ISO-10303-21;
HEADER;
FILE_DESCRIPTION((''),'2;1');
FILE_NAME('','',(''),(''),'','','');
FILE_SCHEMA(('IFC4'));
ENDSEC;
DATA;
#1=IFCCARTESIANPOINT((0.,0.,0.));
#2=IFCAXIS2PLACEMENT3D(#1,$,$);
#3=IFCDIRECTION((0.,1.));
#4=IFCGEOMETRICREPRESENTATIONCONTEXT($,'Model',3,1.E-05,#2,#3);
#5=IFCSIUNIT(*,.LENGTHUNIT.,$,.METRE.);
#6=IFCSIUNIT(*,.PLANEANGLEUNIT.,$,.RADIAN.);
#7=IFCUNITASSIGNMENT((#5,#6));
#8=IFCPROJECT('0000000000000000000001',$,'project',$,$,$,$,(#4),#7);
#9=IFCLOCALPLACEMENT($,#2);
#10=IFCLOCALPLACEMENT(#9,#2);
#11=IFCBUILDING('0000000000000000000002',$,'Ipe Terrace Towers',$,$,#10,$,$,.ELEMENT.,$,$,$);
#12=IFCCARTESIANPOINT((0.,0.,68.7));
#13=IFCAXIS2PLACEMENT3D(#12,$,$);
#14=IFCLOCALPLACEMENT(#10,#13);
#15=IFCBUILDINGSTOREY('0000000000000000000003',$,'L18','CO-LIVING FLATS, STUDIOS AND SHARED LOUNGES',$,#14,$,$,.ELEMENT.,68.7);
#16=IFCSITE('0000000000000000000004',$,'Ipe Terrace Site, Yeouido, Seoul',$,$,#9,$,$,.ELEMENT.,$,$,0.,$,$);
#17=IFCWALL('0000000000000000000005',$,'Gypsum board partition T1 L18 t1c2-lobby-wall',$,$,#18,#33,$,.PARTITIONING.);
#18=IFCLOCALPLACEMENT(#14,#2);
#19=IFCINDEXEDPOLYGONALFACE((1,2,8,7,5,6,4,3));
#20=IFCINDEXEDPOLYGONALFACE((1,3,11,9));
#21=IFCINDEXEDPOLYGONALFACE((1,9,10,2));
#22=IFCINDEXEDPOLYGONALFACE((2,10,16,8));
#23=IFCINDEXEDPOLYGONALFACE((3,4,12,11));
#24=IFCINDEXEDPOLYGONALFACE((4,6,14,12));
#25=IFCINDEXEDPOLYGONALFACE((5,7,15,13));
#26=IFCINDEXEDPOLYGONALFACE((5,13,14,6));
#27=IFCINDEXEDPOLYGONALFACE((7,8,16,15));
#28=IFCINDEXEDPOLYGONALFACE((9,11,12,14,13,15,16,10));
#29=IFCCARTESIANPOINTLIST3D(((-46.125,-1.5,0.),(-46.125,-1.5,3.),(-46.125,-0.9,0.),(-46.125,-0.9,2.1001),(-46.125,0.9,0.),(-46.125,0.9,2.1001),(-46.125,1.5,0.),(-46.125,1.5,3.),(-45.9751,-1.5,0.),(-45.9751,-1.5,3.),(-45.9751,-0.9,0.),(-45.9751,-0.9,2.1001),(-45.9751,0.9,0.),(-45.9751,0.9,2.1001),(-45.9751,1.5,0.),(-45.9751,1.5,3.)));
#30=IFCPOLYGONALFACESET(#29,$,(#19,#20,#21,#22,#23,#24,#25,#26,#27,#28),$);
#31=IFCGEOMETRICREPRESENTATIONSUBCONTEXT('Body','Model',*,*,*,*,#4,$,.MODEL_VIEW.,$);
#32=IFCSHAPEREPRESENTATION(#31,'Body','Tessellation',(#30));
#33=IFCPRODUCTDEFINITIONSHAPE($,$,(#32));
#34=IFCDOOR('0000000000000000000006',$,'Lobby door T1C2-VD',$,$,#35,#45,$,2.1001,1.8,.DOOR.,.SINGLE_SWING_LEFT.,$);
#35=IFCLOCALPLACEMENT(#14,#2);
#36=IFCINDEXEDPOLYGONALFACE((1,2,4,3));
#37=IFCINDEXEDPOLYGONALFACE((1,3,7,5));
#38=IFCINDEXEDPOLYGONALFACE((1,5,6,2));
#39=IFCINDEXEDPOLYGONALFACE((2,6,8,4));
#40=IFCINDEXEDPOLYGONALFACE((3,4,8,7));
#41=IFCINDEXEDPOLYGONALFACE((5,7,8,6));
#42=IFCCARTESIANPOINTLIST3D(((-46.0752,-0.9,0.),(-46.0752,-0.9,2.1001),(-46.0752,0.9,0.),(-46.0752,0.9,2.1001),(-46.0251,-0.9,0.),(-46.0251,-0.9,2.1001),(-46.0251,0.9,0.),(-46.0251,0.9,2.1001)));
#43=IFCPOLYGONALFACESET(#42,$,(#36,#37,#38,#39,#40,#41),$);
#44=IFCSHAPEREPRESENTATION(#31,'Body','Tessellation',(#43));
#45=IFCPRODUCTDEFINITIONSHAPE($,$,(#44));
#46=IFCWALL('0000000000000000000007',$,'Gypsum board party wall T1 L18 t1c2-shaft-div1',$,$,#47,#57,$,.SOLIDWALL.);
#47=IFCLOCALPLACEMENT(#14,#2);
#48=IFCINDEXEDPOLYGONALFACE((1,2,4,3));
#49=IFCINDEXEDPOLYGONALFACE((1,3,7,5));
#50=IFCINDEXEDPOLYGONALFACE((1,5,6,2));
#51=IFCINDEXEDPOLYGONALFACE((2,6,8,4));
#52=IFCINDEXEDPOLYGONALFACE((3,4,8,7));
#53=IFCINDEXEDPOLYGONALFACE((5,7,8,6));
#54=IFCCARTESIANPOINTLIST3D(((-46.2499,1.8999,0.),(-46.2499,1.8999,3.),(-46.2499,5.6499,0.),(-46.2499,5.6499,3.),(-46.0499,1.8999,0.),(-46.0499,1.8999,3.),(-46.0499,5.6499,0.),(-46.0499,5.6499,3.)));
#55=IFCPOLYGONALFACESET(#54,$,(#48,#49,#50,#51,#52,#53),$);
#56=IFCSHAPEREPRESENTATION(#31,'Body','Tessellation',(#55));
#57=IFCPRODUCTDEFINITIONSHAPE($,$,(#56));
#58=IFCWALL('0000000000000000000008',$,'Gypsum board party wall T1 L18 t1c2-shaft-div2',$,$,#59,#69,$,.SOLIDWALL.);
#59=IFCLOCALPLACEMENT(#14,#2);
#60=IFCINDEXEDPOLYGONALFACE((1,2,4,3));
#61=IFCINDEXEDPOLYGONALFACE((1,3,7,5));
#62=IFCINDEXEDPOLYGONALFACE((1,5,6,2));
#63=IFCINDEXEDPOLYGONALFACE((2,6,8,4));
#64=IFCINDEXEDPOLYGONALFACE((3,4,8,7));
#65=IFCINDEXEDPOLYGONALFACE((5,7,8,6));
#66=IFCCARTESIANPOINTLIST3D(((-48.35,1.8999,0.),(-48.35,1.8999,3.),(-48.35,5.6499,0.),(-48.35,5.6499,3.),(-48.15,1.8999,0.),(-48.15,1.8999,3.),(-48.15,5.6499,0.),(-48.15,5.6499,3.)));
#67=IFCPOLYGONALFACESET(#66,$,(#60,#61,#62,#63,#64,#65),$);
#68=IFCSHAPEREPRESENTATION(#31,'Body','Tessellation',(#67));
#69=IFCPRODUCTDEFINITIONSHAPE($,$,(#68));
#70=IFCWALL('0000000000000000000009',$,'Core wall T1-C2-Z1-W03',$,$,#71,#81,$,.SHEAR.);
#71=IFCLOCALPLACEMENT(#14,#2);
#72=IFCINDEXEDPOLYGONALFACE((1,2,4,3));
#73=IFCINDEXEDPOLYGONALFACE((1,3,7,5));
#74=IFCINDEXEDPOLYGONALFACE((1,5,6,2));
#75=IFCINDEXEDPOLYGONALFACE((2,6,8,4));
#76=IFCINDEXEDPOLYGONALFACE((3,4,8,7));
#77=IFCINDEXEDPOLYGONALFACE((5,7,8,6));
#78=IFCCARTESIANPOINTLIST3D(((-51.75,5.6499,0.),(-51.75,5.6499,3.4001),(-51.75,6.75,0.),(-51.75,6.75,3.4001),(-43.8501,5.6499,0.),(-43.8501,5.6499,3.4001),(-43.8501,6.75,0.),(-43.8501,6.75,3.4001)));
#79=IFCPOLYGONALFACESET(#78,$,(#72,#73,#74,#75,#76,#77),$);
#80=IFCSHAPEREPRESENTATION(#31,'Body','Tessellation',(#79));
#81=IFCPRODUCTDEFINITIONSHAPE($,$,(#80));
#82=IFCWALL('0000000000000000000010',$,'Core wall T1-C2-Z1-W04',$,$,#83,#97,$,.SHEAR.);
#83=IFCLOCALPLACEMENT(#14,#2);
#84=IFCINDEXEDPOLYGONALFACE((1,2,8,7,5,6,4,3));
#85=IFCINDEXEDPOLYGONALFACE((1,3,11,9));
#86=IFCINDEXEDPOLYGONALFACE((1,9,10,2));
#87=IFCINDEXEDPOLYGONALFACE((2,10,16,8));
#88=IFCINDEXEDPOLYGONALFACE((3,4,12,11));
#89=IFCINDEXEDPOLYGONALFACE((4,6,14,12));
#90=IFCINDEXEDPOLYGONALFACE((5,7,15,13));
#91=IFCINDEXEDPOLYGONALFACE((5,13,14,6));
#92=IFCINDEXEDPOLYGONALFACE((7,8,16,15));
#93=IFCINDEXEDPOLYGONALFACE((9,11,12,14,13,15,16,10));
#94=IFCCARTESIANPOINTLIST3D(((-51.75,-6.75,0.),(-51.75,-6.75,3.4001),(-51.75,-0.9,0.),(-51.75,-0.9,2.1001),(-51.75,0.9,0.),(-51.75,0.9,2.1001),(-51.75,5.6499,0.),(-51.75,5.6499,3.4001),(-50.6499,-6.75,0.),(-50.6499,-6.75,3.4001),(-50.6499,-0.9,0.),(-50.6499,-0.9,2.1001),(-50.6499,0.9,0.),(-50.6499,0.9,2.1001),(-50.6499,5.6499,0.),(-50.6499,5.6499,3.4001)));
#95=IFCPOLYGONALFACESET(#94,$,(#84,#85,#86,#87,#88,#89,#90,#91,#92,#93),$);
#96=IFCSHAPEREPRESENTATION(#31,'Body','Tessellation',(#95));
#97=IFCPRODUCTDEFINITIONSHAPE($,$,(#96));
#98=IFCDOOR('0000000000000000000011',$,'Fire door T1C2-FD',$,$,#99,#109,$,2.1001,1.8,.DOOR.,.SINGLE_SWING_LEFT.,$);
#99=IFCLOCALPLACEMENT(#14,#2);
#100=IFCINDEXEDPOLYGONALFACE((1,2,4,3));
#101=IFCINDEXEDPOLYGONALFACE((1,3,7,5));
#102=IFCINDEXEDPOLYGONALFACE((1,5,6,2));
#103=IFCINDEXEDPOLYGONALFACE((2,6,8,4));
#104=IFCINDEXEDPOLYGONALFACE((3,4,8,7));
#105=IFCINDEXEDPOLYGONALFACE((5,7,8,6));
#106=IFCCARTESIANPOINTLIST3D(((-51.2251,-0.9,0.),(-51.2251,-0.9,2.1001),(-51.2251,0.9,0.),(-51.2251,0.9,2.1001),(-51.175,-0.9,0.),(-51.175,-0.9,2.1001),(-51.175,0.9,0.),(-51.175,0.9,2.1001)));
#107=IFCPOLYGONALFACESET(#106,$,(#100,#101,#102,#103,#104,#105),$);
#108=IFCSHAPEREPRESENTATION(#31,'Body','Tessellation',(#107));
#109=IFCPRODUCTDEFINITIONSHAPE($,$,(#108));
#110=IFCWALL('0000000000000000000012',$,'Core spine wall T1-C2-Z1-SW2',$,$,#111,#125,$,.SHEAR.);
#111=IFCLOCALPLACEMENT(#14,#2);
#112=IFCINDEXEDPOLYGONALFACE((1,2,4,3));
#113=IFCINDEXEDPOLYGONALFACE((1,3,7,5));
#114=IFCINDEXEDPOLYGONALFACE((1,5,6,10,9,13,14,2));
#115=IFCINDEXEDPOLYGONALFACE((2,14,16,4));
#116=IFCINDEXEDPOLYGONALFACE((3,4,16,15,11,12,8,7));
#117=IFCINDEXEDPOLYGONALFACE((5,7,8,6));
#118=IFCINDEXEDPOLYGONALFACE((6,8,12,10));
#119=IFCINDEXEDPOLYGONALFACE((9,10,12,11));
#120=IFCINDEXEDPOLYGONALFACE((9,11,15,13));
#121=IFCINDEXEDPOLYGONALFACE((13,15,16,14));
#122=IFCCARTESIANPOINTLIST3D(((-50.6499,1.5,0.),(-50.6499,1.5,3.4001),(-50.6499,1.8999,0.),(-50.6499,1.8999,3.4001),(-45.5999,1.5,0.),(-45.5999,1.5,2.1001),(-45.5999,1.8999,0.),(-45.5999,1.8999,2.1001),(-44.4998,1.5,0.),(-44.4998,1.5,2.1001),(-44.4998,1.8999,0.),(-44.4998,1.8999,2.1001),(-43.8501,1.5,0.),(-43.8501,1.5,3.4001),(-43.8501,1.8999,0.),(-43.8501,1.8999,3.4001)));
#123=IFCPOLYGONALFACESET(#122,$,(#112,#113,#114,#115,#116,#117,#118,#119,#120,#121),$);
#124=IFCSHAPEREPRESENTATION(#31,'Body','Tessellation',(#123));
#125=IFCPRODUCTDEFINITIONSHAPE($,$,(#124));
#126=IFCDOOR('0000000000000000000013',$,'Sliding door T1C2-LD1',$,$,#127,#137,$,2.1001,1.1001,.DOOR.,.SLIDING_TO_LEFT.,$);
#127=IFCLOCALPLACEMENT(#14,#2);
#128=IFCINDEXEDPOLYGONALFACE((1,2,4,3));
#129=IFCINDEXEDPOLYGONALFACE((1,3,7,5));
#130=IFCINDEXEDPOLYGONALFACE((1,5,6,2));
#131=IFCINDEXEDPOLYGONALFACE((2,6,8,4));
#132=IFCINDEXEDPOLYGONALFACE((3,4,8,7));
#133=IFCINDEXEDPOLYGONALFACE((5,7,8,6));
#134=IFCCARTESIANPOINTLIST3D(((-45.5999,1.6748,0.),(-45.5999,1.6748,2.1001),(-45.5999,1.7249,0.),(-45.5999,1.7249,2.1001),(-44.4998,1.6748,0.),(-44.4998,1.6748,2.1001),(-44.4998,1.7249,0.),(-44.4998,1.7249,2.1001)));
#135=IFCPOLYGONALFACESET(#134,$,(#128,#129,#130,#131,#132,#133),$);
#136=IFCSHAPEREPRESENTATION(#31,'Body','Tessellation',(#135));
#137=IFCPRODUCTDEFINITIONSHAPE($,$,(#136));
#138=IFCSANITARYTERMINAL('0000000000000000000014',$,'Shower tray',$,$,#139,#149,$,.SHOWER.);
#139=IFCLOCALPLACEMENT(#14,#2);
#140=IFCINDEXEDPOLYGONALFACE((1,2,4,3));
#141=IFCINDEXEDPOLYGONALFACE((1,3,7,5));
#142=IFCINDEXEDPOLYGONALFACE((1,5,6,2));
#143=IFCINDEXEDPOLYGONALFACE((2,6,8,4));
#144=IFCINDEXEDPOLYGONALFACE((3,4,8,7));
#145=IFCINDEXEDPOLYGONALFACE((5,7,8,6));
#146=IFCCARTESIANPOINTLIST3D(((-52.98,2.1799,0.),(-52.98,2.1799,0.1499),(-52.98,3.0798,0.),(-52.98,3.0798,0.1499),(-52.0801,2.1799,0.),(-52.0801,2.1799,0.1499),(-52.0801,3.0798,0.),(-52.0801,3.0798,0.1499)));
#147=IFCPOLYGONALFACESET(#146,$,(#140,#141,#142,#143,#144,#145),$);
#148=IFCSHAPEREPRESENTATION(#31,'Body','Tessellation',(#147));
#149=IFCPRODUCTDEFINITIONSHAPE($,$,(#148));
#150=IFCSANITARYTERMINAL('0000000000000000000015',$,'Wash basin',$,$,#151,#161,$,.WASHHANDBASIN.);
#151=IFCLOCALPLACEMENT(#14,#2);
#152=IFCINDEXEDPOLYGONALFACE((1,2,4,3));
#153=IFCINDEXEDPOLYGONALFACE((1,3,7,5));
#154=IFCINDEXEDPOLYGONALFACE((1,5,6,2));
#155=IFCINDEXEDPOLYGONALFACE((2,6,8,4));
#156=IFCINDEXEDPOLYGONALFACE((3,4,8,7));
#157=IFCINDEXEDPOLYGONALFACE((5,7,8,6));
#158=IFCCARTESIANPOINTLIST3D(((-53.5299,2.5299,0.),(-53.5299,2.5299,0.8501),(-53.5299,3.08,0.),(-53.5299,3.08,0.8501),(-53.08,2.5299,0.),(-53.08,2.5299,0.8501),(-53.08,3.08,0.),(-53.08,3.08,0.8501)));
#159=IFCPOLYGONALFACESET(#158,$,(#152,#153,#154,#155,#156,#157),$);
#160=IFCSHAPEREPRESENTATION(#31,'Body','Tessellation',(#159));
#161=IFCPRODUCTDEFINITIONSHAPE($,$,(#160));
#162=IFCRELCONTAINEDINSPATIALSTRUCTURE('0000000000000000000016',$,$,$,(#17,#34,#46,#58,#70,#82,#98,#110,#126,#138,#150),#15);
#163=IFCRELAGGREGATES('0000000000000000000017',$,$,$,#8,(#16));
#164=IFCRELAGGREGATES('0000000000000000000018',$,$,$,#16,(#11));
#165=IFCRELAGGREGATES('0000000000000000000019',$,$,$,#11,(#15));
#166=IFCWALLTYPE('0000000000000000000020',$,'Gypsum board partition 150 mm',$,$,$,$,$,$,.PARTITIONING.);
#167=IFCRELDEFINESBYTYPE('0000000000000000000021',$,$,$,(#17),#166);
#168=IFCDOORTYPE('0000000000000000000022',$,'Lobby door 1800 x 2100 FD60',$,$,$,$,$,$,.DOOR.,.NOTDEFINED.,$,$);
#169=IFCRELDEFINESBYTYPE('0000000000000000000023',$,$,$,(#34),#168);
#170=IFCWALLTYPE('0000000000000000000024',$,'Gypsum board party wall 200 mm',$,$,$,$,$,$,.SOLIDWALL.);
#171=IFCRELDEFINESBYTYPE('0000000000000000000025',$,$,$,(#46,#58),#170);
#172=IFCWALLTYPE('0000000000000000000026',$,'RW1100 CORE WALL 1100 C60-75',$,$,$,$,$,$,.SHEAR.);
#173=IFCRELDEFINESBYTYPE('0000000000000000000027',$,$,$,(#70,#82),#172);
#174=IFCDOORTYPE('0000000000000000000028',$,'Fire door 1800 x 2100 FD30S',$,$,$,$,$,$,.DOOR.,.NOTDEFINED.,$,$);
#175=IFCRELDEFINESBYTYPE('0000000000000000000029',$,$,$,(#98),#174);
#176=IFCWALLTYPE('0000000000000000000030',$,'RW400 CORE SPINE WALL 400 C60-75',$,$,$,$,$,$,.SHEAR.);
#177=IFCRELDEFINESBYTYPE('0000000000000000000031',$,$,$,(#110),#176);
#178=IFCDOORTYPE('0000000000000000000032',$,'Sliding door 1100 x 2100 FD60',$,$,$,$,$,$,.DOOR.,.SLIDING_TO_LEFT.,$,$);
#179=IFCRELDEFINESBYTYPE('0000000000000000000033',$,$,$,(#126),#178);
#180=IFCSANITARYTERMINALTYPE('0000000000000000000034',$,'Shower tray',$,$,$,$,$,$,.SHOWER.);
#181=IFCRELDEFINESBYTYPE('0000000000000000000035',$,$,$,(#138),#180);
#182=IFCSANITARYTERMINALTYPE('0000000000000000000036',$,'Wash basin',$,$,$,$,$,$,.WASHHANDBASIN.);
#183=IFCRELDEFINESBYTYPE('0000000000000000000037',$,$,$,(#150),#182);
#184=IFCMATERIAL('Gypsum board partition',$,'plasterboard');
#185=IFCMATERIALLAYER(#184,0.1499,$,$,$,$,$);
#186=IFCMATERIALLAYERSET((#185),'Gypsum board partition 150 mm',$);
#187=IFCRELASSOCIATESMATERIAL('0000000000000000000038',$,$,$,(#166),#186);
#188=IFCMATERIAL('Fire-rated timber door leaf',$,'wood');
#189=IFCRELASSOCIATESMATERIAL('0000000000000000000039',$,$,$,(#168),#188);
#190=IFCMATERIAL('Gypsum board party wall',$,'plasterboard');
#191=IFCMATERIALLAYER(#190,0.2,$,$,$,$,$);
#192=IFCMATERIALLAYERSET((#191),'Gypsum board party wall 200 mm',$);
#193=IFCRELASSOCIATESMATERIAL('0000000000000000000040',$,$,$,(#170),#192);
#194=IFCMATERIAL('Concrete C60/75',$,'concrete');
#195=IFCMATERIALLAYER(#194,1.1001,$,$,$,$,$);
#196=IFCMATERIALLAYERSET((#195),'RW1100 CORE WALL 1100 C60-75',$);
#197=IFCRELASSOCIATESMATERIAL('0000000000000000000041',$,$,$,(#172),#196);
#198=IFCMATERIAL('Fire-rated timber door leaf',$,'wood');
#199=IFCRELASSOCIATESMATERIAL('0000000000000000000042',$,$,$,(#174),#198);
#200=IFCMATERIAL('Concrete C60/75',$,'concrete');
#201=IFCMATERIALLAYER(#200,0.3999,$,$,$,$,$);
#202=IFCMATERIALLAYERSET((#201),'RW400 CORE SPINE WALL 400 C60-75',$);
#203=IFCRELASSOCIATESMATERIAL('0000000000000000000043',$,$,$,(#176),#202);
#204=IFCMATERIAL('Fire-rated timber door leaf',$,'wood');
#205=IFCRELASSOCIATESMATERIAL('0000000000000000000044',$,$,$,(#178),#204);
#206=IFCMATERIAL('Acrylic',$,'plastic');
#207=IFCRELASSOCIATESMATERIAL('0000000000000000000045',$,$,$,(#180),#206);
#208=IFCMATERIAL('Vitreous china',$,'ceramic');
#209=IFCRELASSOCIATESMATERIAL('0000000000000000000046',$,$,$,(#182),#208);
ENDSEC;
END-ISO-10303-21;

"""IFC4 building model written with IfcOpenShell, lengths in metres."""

from ifc_helpers import new_model, si_unit, direction, frame, frame_2d, origin, origin_2d, place, context, subcontext, project, spatial, rectangle, extrude, material, layer, layer_set, type_object, element, fill, save


model = new_model("IFC4")

# Units and contexts
model_context = context("Model", 3, precision=1e-05, world=origin(), true_north=direction((0.0, 1.0)))
body_context = subcontext(model_context, "Body", "Model", "MODEL_VIEW")
ifc_project = project(units=[si_unit("LENGTHUNIT", "METRE"), si_unit("PLANEANGLEUNIT", "RADIAN")], contexts=[model_context])

# Site, building, storey
site_placement = place(None, origin())
site = spatial("IfcSite", under=ifc_project, at=site_placement, Name="Ipe Terrace Site, Yeouido, Seoul", CompositionType="ELEMENT", RefElevation=0.0)
building_placement = place(site_placement, origin())
building = spatial("IfcBuilding", under=site, at=building_placement, Name="Ipe Terrace Towers", CompositionType="ELEMENT")
storey_placement = place(building_placement, frame((0.0, 0.0, 68.7)))
storey = spatial("IfcBuildingStorey", under=building, at=storey_placement, Name="L18", Description="CO-LIVING FLATS, STUDIOS AND SHARED LOUNGES", CompositionType="ELEMENT", Elevation=68.7)

# Wall, opening, door
ifc_material_1 = material(Name="Gypsum board partition", Category="plasterboard")
ifc_layer_1 = layer(ifc_material_1, 0.1499)
ifc_layer_set_1 = layer_set([ifc_layer_1], Name="Gypsum board partition 150 mm")
wall_type_1 = type_object("IfcWallType", Name="Gypsum board partition 150 mm", PredefinedType="PARTITIONING", material=ifc_layer_set_1)
wall_1_placement = place(storey_placement, frame((-46.05, 1.5, 0.0), z_axis=(0.0, 0.0, 1.0), x_axis=(0.0, -1.0, 0.0)))
wall_1 = element("IfcWall", 1, at=wall_1_placement, inside=storey, type_object=wall_type_1, Name="Gypsum board partition T1 L18 t1c2-lobby-wall", PredefinedType="PARTITIONING", context=body_context, shape_type="SweptSolid", body=[
    extrude(rectangle(XDim=3.0, YDim=0.1499, at=frame_2d((1.5, 0.0))), origin(), (0.0, 0.0, 1.0), 3.0),
])
opening_1_placement = place(wall_1_placement, frame((0.6001, 0.0, 0.0)))
opening_1 = element("IfcOpeningElement", 2, at=opening_1_placement, cuts=wall_1, PredefinedType="OPENING", context=body_context, shape_type="SweptSolid", body=[
    extrude(rectangle(XDim=1.8, YDim=2.1001, at=frame_2d((0.8999, 1.05))), frame((0.0, 0.085, 0.0), z_axis=(0.0, -1.0, 0.0), x_axis=(1.0, 0.0, 0.0)), (0.0, 0.0, 1.0), 0.1699),
])
ifc_material_2 = material(Name="Fire-rated timber door leaf", Category="wood")
door_type_1 = type_object("IfcDoorType", Name="Lobby door 1800 x 2100 FD60", OperationType="NOTDEFINED", PredefinedType="DOOR", material=ifc_material_2)
door_1_placement = place(opening_1_placement, origin())
door_1 = element("IfcDoor", 3, at=door_1_placement, inside=storey, type_object=door_type_1, Name="Lobby door T1C2-VD", OperationType="SINGLE_SWING_LEFT", OverallHeight=2.1001, OverallWidth=1.8, PredefinedType="DOOR", context=body_context, shape_type="SweptSolid", body=[
    extrude(rectangle(XDim=1.8, YDim=2.1001, at=frame_2d((0.8999, 1.05))), frame((0.0, 0.0249, 0.0), z_axis=(0.0, -1.0, 0.0), x_axis=(1.0, 0.0, 0.0)), (0.0, 0.0, 1.0), 0.05),
])
fill(opening_1, door_1)

# Walls
ifc_material_3 = material(Name="Gypsum board party wall", Category="plasterboard")
ifc_layer_2 = layer(ifc_material_3, 0.2)
ifc_layer_set_2 = layer_set([ifc_layer_2], Name="Gypsum board party wall 200 mm")
wall_type_2 = type_object("IfcWallType", Name="Gypsum board party wall 200 mm", PredefinedType="SOLIDWALL", material=ifc_layer_set_2)
for number, where, z_axis, x_axis, name in (
    (4, (-46.1499, 5.6499, 0.0), (0.0, 0.0, 1.0), (0.0, -1.0, 0.0), "Gypsum board party wall T1 L18 t1c2-shaft-div1"),
    (5, (-48.25, 5.6499, 0.0), (0.0, 0.0, 1.0), (0.0, -1.0, 0.0), "Gypsum board party wall T1 L18 t1c2-shaft-div2"),
):
    element("IfcWall", number, at=place(storey_placement, frame(where, z_axis=z_axis, x_axis=x_axis)), inside=storey, type_object=wall_type_2, Name=name, PredefinedType="SOLIDWALL", context=body_context, shape_type="SweptSolid", body=[
        extrude(rectangle(XDim=3.75, YDim=0.2, at=frame_2d((1.875, 0.0))), origin(), (0.0, 0.0, 1.0), 3.0),
    ])
ifc_material_4 = material(Name="Concrete C60/75", Category="concrete")
ifc_layer_3 = layer(ifc_material_4, 1.1001)
ifc_layer_set_3 = layer_set([ifc_layer_3], Name="RW1100 CORE WALL 1100 C60-75")
wall_type_3 = type_object("IfcWallType", Name="RW1100 CORE WALL 1100 C60-75", PredefinedType="SHEAR", material=ifc_layer_set_3)
wall_2_placement = place(storey_placement, frame((-43.8501, 6.2, 0.0), z_axis=(0.0, 0.0, 1.0), x_axis=(-1.0, 0.0, 0.0)))
element("IfcWall", 6, at=wall_2_placement, inside=storey, type_object=wall_type_3, Name="Core wall T1-C2-Z1-W03", PredefinedType="SHEAR", context=body_context, shape_type="SweptSolid", body=[
    extrude(rectangle(XDim=7.8999, YDim=1.1001, at=frame_2d((3.95, 0.0))), origin(), (0.0, 0.0, 1.0), 3.4001),
])

# Walls, openings, doors
wall_3_placement = place(storey_placement, frame((-51.2, 5.6499, 0.0), z_axis=(0.0, 0.0, 1.0), x_axis=(0.0, -1.0, 0.0)))
wall_3 = element("IfcWall", 7, at=wall_3_placement, inside=storey, type_object=wall_type_3, Name="Core wall T1-C2-Z1-W04", PredefinedType="SHEAR", context=body_context, shape_type="SweptSolid", body=[
    extrude(rectangle(XDim=12.3999, YDim=1.1001, at=frame_2d((6.2, 0.0))), origin(), (0.0, 0.0, 1.0), 3.4001),
])
opening_2_placement = place(wall_3_placement, frame((4.75, 0.0, 0.0)))
opening_2 = element("IfcOpeningElement", 8, at=opening_2_placement, cuts=wall_3, PredefinedType="OPENING", context=body_context, shape_type="SweptSolid", body=[
    extrude(rectangle(XDim=1.8, YDim=2.1001, at=frame_2d((0.8999, 1.05))), frame((0.0, 0.5601, 0.0), z_axis=(0.0, -1.0, 0.0), x_axis=(1.0, 0.0, 0.0)), (0.0, 0.0, 1.0), 1.1201),
])
ifc_material_5 = material(Name="Fire-rated timber door leaf", Category="wood")
door_type_2 = type_object("IfcDoorType", Name="Fire door 1800 x 2100 FD30S", OperationType="NOTDEFINED", PredefinedType="DOOR", material=ifc_material_5)
door_2_placement = place(opening_2_placement, origin())
door_2 = element("IfcDoor", 9, at=door_2_placement, inside=storey, type_object=door_type_2, Name="Fire door T1C2-FD", OperationType="SINGLE_SWING_LEFT", OverallHeight=2.1001, OverallWidth=1.8, PredefinedType="DOOR", context=body_context, shape_type="SweptSolid", body=[
    extrude(rectangle(XDim=1.8, YDim=2.1001, at=frame_2d((0.8999, 1.05))), frame((0.0, 0.0249, 0.0), z_axis=(0.0, -1.0, 0.0), x_axis=(1.0, 0.0, 0.0)), (0.0, 0.0, 1.0), 0.05),
])
fill(opening_2, door_2)
ifc_material_6 = material(Name="Concrete C60/75", Category="concrete")
ifc_layer_4 = layer(ifc_material_6, 0.3999)
ifc_layer_set_4 = layer_set([ifc_layer_4], Name="RW400 CORE SPINE WALL 400 C60-75")
wall_type_4 = type_object("IfcWallType", Name="RW400 CORE SPINE WALL 400 C60-75", PredefinedType="SHEAR", material=ifc_layer_set_4)
wall_4_placement = place(storey_placement, frame((-50.6499, 1.7, 0.0), z_axis=(0.0, 0.0, 1.0), x_axis=(1.0, 0.0, 0.0)))
wall_4 = element("IfcWall", 10, at=wall_4_placement, inside=storey, type_object=wall_type_4, Name="Core spine wall T1-C2-Z1-SW2", PredefinedType="SHEAR", context=body_context, shape_type="SweptSolid", body=[
    extrude(rectangle(XDim=6.7998, YDim=0.3999, at=frame_2d((3.3999, 0.0))), origin(), (0.0, 0.0, 1.0), 3.4001),
])
opening_3_placement = place(wall_4_placement, frame((5.05, 0.0, 0.0)))
opening_3 = element("IfcOpeningElement", 11, at=opening_3_placement, cuts=wall_4, PredefinedType="OPENING", context=body_context, shape_type="SweptSolid", body=[
    extrude(rectangle(XDim=1.1001, YDim=2.1001, at=frame_2d((0.55, 1.05))), frame((0.0, 0.21, 0.0), z_axis=(0.0, -1.0, 0.0), x_axis=(1.0, 0.0, 0.0)), (0.0, 0.0, 1.0), 0.4199),
])
ifc_material_7 = material(Name="Fire-rated timber door leaf", Category="wood")
door_type_3 = type_object("IfcDoorType", Name="Sliding door 1100 x 2100 FD60", OperationType="SLIDING_TO_LEFT", PredefinedType="DOOR", material=ifc_material_7)
door_3_placement = place(opening_3_placement, origin())
door_3 = element("IfcDoor", 12, at=door_3_placement, inside=storey, type_object=door_type_3, Name="Sliding door T1C2-LD1", OperationType="SLIDING_TO_LEFT", OverallHeight=2.1001, OverallWidth=1.1001, PredefinedType="DOOR", context=body_context, shape_type="SweptSolid", body=[
    extrude(rectangle(XDim=1.1001, YDim=2.1001, at=frame_2d((0.55, 1.05))), frame((0.0, 0.0249, 0.0), z_axis=(0.0, -1.0, 0.0), x_axis=(1.0, 0.0, 0.0)), (0.0, 0.0, 1.0), 0.05),
])
fill(opening_3, door_3)

# Sanitary terminals
ifc_material_8 = material(Name="Acrylic", Category="plastic")
sanitary_terminal_type_1 = type_object("IfcSanitaryTerminalType", Name="Shower tray", PredefinedType="SHOWER", material=ifc_material_8)
sanitary_terminal_1_placement = place(storey_placement, frame((-52.53, 2.6299, 0.0), z_axis=(0.0, 0.0, 1.0), x_axis=(0.0, -1.0, 0.0)))
element("IfcSanitaryTerminal", 13, at=sanitary_terminal_1_placement, inside=storey, type_object=sanitary_terminal_type_1, Name="Shower tray", PredefinedType="SHOWER", context=body_context, shape_type="SweptSolid", body=[
    extrude(rectangle(XDim=0.8999, YDim=0.8999, at=origin_2d()), origin(), (0.0, 0.0, 1.0), 0.1499),
])
ifc_material_9 = material(Name="Vitreous china", Category="ceramic")
sanitary_terminal_type_2 = type_object("IfcSanitaryTerminalType", Name="Wash basin", PredefinedType="WASHHANDBASIN", material=ifc_material_9)
sanitary_terminal_2_placement = place(storey_placement, frame((-53.3049, 2.8049, 0.0), z_axis=(0.0, 0.0, 1.0), x_axis=(0.0, -1.0, 0.0)))
element("IfcSanitaryTerminal", 14, at=sanitary_terminal_2_placement, inside=storey, type_object=sanitary_terminal_type_2, Name="Wash basin", PredefinedType="WASHHANDBASIN", context=body_context, shape_type="SweptSolid", body=[
    extrude(rectangle(XDim=0.55, YDim=0.45, at=origin_2d()), origin(), (0.0, 0.0, 1.0), 0.8501),
])

save(model, "model.ifc")
